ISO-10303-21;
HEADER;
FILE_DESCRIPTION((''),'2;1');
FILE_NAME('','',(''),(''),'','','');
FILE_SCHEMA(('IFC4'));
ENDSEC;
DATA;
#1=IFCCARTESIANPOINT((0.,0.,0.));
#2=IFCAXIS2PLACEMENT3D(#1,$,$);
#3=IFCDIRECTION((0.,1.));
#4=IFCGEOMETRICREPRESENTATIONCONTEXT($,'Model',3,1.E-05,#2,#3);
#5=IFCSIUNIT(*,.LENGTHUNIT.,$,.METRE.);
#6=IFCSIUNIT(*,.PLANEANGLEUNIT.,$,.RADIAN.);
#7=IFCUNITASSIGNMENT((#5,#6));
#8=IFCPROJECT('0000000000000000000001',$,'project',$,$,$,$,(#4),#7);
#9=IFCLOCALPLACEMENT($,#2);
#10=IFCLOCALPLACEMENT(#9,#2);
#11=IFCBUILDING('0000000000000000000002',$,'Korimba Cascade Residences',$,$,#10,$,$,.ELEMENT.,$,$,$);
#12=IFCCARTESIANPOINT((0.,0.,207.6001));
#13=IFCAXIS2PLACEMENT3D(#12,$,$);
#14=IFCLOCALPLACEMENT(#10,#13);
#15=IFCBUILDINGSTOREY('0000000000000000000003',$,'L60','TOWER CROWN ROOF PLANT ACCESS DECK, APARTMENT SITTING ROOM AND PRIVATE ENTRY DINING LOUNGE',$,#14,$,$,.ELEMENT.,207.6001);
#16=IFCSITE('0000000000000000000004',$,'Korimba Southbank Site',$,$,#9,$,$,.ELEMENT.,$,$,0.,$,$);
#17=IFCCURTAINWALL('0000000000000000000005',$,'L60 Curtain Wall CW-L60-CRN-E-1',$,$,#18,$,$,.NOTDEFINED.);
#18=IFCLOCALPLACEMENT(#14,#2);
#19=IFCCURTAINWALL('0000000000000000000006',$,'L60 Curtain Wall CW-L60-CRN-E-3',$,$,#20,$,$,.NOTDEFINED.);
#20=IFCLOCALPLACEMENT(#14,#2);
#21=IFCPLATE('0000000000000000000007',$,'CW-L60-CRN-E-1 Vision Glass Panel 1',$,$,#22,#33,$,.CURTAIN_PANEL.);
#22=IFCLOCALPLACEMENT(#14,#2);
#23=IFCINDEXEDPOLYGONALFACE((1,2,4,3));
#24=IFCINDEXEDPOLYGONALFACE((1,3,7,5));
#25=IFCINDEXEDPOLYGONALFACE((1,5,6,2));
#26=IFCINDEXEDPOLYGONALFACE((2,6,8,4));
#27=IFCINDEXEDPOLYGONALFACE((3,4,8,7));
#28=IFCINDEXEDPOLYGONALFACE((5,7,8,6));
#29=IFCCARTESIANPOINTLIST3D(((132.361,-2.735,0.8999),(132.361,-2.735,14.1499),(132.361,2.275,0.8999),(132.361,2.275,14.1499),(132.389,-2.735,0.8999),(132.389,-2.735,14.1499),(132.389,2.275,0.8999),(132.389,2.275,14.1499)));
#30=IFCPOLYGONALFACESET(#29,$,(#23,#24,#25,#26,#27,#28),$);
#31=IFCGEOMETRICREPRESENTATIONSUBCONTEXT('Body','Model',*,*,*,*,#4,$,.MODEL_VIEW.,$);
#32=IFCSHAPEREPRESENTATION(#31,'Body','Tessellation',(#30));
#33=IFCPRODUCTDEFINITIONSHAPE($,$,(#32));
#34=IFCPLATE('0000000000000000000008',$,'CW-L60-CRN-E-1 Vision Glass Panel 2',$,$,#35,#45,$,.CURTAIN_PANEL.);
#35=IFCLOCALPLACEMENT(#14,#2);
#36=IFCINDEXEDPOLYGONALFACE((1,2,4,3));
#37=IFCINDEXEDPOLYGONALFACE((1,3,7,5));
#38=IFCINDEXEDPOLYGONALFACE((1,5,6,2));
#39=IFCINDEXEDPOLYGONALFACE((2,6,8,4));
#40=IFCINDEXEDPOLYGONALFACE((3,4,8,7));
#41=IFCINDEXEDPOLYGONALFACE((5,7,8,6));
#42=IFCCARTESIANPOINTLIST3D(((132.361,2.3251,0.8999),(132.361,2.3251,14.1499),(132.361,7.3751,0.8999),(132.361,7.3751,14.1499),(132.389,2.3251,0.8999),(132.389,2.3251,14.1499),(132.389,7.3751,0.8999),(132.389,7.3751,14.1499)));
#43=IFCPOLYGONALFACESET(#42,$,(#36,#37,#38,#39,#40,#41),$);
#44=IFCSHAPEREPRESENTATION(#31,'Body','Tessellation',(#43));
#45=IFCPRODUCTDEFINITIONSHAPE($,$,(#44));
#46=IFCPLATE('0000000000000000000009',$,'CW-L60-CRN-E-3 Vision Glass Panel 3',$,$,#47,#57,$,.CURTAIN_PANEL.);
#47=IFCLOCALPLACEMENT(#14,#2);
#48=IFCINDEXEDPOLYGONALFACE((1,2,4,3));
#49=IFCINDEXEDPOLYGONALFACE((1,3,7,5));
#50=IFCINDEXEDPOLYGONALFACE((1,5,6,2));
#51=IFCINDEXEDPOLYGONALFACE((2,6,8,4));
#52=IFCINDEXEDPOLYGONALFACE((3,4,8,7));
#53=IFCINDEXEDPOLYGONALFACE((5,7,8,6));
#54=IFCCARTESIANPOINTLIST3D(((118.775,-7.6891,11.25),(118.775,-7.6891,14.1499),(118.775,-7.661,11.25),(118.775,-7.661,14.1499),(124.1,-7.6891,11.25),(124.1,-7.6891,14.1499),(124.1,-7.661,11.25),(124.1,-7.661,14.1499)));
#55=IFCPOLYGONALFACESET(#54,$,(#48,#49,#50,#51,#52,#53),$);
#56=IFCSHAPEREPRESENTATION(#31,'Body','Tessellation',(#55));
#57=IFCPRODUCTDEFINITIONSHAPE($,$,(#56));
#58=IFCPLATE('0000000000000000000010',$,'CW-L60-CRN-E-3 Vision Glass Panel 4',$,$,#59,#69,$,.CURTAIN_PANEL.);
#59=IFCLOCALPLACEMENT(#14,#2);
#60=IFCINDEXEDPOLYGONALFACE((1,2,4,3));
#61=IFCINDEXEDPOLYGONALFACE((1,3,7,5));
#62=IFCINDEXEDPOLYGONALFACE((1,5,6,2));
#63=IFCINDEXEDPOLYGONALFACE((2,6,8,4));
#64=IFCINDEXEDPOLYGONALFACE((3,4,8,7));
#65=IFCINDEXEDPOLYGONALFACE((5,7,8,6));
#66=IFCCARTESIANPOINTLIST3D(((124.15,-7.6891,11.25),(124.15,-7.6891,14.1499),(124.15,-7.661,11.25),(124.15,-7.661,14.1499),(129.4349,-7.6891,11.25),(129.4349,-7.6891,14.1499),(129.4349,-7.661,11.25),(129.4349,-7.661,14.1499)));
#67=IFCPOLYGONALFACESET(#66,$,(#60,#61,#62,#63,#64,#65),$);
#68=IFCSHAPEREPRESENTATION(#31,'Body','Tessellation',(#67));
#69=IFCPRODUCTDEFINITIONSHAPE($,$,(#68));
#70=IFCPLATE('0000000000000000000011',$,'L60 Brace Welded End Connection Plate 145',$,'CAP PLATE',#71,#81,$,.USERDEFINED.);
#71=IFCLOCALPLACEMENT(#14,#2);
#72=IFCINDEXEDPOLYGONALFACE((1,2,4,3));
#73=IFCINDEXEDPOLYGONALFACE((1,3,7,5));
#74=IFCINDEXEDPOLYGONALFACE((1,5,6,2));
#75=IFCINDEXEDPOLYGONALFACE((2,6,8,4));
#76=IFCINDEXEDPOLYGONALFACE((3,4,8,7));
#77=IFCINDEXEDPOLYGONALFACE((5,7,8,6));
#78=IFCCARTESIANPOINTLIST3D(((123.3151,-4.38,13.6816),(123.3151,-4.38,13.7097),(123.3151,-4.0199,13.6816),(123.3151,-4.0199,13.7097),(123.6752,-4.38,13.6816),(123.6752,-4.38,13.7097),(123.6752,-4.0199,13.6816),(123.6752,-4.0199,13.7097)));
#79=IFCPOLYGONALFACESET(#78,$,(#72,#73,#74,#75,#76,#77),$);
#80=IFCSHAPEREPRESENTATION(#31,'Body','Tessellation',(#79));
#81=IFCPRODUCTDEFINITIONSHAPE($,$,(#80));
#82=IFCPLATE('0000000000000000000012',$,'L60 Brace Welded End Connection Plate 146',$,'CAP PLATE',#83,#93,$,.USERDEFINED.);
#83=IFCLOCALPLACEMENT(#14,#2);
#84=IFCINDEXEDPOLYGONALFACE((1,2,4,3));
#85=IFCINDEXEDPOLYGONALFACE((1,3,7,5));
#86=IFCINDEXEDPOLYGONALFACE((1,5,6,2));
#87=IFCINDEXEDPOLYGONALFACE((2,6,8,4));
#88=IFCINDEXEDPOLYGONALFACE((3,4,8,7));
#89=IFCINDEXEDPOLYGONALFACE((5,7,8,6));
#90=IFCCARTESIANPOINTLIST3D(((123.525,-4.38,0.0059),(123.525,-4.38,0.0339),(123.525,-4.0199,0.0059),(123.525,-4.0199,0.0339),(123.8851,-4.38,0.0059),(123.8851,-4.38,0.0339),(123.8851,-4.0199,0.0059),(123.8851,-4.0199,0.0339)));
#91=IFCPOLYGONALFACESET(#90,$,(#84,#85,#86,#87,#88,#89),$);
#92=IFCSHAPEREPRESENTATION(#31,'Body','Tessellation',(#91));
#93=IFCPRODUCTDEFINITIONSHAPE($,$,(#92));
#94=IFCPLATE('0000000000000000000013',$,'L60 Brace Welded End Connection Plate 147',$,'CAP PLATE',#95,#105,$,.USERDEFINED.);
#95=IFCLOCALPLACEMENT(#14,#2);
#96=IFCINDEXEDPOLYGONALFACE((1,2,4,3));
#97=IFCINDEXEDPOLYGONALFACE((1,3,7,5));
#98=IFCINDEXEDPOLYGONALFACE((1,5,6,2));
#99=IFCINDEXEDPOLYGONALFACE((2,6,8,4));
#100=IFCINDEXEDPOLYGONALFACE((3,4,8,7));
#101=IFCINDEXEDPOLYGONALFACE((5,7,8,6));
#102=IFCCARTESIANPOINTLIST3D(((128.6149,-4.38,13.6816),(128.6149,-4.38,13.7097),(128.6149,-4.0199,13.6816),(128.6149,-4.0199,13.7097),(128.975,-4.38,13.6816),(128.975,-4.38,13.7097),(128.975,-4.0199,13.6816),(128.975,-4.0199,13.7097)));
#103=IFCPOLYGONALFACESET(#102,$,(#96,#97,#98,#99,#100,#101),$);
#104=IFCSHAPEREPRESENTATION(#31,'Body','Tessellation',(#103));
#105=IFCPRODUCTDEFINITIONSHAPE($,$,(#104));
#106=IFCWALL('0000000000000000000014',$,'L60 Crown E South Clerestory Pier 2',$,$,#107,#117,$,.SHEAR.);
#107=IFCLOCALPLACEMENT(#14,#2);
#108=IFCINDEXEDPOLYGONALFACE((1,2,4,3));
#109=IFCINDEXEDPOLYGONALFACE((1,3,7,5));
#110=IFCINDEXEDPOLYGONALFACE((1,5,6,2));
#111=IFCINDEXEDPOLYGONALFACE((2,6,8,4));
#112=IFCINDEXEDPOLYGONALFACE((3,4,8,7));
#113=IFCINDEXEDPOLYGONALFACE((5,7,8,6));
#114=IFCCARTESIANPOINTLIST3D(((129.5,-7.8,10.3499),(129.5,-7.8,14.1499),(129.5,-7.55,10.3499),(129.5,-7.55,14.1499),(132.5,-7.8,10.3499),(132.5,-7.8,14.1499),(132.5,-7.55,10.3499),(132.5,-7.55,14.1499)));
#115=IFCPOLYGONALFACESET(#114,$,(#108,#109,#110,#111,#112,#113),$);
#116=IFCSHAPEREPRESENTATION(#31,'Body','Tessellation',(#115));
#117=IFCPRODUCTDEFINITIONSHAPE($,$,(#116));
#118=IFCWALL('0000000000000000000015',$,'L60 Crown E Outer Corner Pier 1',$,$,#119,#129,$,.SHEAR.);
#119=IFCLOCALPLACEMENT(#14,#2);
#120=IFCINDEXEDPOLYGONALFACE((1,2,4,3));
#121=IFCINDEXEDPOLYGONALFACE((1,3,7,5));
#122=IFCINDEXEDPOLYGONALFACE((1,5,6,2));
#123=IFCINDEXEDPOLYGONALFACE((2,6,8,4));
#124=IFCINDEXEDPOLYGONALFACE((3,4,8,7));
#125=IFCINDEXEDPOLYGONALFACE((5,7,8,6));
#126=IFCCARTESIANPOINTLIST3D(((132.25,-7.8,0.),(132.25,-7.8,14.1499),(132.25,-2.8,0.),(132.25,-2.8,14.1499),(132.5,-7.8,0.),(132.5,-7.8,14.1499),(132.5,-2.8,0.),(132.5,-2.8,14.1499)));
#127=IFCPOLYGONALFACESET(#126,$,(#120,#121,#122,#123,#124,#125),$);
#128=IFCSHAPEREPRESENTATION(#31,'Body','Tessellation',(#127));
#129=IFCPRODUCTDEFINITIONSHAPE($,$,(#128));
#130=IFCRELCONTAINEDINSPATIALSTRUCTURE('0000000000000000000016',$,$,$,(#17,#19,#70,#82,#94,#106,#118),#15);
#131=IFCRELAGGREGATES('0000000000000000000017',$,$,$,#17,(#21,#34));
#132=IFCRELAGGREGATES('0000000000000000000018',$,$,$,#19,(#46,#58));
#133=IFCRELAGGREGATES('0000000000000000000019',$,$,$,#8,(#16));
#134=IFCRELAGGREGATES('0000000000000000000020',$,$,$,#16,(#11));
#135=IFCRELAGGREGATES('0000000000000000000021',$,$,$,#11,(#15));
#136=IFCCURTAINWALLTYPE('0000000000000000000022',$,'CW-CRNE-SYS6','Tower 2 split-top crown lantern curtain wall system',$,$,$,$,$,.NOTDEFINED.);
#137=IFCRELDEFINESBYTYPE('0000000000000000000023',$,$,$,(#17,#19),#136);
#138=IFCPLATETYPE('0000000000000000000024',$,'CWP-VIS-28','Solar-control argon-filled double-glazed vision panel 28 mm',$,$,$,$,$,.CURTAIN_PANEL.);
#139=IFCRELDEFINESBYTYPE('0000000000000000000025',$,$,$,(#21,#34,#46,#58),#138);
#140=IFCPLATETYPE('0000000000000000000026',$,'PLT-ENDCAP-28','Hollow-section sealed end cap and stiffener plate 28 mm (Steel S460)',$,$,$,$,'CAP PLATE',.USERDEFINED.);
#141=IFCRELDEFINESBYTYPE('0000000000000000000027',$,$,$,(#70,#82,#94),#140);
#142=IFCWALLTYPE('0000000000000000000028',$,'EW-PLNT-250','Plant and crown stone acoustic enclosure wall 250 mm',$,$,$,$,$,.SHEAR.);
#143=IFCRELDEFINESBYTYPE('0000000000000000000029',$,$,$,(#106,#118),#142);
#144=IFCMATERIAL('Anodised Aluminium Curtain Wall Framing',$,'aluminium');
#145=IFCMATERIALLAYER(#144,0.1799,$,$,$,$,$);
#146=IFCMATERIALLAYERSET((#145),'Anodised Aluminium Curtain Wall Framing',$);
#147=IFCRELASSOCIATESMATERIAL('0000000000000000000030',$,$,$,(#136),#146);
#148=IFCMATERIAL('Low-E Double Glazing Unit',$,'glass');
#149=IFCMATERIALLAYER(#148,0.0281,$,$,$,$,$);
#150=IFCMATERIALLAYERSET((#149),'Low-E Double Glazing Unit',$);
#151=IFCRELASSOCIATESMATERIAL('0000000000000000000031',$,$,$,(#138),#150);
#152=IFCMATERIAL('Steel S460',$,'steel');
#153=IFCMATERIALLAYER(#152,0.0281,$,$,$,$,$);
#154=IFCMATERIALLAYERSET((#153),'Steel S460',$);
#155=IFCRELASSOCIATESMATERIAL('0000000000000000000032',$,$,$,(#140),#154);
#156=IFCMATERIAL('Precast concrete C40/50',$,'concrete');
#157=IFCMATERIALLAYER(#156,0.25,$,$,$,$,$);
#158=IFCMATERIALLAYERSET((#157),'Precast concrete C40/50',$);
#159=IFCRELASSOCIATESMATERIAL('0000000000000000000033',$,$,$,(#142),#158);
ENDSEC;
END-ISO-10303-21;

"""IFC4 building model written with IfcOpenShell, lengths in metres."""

from ifc_helpers import new_model, si_unit, direction, frame, frame_2d, origin, origin_2d, place, context, subcontext, project, spatial, rectangle, extrude, material, layer, layer_set, type_object, element, aggregate, save


model = new_model("IFC4")

# Units and contexts
model_context = context("Model", 3, precision=1e-05, world=origin(), true_north=direction((0.0, 1.0)))
body_context = subcontext(model_context, "Body", "Model", "MODEL_VIEW")
ifc_project = project(units=[si_unit("LENGTHUNIT", "METRE"), si_unit("PLANEANGLEUNIT", "RADIAN")], contexts=[model_context])

# Site, building, storey
site_placement = place(None, origin())
site = spatial("IfcSite", under=ifc_project, at=site_placement, Name="Korimba Southbank Site", CompositionType="ELEMENT", RefElevation=0.0)
building_placement = place(site_placement, origin())
building = spatial("IfcBuilding", under=site, at=building_placement, Name="Korimba Cascade Residences", CompositionType="ELEMENT")
storey_placement = place(building_placement, frame((0.0, 0.0, 207.6001)))
storey = spatial("IfcBuildingStorey", under=building, at=storey_placement, Name="L60", Description="TOWER CROWN ROOF PLANT ACCESS DECK, APARTMENT SITTING ROOM AND PRIVATE ENTRY DINING LOUNGE", CompositionType="ELEMENT", Elevation=207.6001)

# Curtain walls
ifc_material_1 = material(Name="Anodised Aluminium Curtain Wall Framing", Category="aluminium")
ifc_layer_1 = layer(ifc_material_1, 0.1799)
ifc_layer_set_1 = layer_set([ifc_layer_1], Name="Anodised Aluminium Curtain Wall Framing")
curtain_wall_type = type_object("IfcCurtainWallType", Name="CW-CRNE-SYS6", Description="Tower 2 split-top crown lantern curtain wall system", PredefinedType="NOTDEFINED", material=ifc_layer_set_1)
curtain_wall_1_placement = place(storey_placement, origin())
curtain_wall_1 = element("IfcCurtainWall", 1, at=curtain_wall_1_placement, inside=storey, type_object=curtain_wall_type, Name="L60 Curtain Wall CW-L60-CRN-E-1", PredefinedType="NOTDEFINED")
curtain_wall_2_placement = place(storey_placement, origin())
curtain_wall_2 = element("IfcCurtainWall", 2, at=curtain_wall_2_placement, inside=storey, type_object=curtain_wall_type, Name="L60 Curtain Wall CW-L60-CRN-E-3", PredefinedType="NOTDEFINED")

# Plates
ifc_material_2 = material(Name="Low-E Double Glazing Unit", Category="glass")
ifc_layer_2 = layer(ifc_material_2, 0.0281)
ifc_layer_set_2 = layer_set([ifc_layer_2], Name="Low-E Double Glazing Unit")
plate_type_1 = type_object("IfcPlateType", Name="CWP-VIS-28", Description="Solar-control argon-filled double-glazed vision panel 28 mm", PredefinedType="CURTAIN_PANEL", material=ifc_layer_set_2)
plate_1_placement = place(storey_placement, frame((132.375, -0.23, 0.8999), z_axis=(0.0, 0.0, 1.0), x_axis=(0.0, 1.0, 0.0)))
plate_1 = element("IfcPlate", 3, at=plate_1_placement, type_object=plate_type_1, Name="CW-L60-CRN-E-1 Vision Glass Panel 1", PredefinedType="CURTAIN_PANEL", context=body_context, shape_type="SweptSolid", body=[
    extrude(rectangle(XDim=5.01, YDim=0.0281, at=origin_2d()), origin(), (0.0, 0.0, 1.0), 13.25),
])
plate_2_placement = place(storey_placement, frame((132.375, 4.8501, 0.8999), z_axis=(0.0, 0.0, 1.0), x_axis=(0.0, 1.0, 0.0)))
plate_2 = element("IfcPlate", 4, at=plate_2_placement, type_object=plate_type_1, Name="CW-L60-CRN-E-1 Vision Glass Panel 2", PredefinedType="CURTAIN_PANEL", context=body_context, shape_type="SweptSolid", body=[
    extrude(rectangle(XDim=5.05, YDim=0.0281, at=origin_2d()), origin(), (0.0, 0.0, 1.0), 13.25),
])
aggregate(curtain_wall_1, [plate_1, plate_2])
plate_3_placement = place(storey_placement, frame((121.4375, -7.675, 11.25), z_axis=(0.0, 0.0, 1.0), x_axis=(1.0, 0.0, 0.0)))
plate_3 = element("IfcPlate", 5, at=plate_3_placement, type_object=plate_type_1, Name="CW-L60-CRN-E-3 Vision Glass Panel 3", PredefinedType="CURTAIN_PANEL", context=body_context, shape_type="SweptSolid", body=[
    extrude(rectangle(XDim=5.325, YDim=0.0281, at=origin_2d()), origin(), (0.0, 0.0, 1.0), 2.8999),
])
plate_4_placement = place(storey_placement, frame((126.7925, -7.675, 11.25), z_axis=(0.0, 0.0, 1.0), x_axis=(1.0, 0.0, 0.0)))
plate_4 = element("IfcPlate", 6, at=plate_4_placement, type_object=plate_type_1, Name="CW-L60-CRN-E-3 Vision Glass Panel 4", PredefinedType="CURTAIN_PANEL", context=body_context, shape_type="SweptSolid", body=[
    extrude(rectangle(XDim=5.2849, YDim=0.0281, at=origin_2d()), origin(), (0.0, 0.0, 1.0), 2.8999),
])
aggregate(curtain_wall_2, [plate_3, plate_4])

# Plates
ifc_material_3 = material(Name="Steel S460", Category="steel")
ifc_layer_3 = layer(ifc_material_3, 0.0281)
ifc_layer_set_3 = layer_set([ifc_layer_3], Name="Steel S460")
plate_type_2 = type_object("IfcPlateType", Name="PLT-ENDCAP-28", Description="Hollow-section sealed end cap and stiffener plate 28 mm (Steel S460)", ElementType="CAP PLATE", PredefinedType="USERDEFINED", material=ifc_layer_set_3)
for number, where, z_axis, x_axis, name in (
    (7, (123.4951, -4.2, 13.6816), (0.0, 0.0, 1.0), (1.0, 0.0, 0.0), "L60 Brace Welded End Connection Plate 145"),
    (8, (123.7051, -4.2, 0.0059), (0.0, 0.0, 1.0), (1.0, 0.0, 0.0), "L60 Brace Welded End Connection Plate 146"),
    (9, (128.7949, -4.2, 13.6816), (0.0, 0.0, 1.0), (1.0, 0.0, 0.0), "L60 Brace Welded End Connection Plate 147"),
):
    element("IfcPlate", number, at=place(storey_placement, frame(where, z_axis=z_axis, x_axis=x_axis)), inside=storey, type_object=plate_type_2, Name=name, ObjectType="CAP PLATE", PredefinedType="USERDEFINED", context=body_context, shape_type="SweptSolid", body=[
        extrude(rectangle(XDim=0.3601, YDim=0.3601, at=origin_2d()), origin(), (0.0, 0.0, 1.0), 0.0281),
    ])

# Walls
ifc_material_4 = material(Name="Precast concrete C40/50", Category="concrete")
ifc_layer_4 = layer(ifc_material_4, 0.25)
ifc_layer_set_4 = layer_set([ifc_layer_4], Name="Precast concrete C40/50")
wall_type = type_object("IfcWallType", Name="EW-PLNT-250", Description="Plant and crown stone acoustic enclosure wall 250 mm", PredefinedType="SHEAR", material=ifc_layer_set_4)
wall_1_placement = place(storey_placement, frame((129.5, -7.675, 10.3499), z_axis=(0.0, 0.0, 1.0), x_axis=(1.0, 0.0, 0.0)))
element("IfcWall", 10, at=wall_1_placement, inside=storey, type_object=wall_type, Name="L60 Crown E South Clerestory Pier 2", PredefinedType="SHEAR", context=body_context, shape_type="SweptSolid", body=[
    extrude(rectangle(XDim=3.0, YDim=0.25, at=frame_2d((1.5, 0.0))), origin(), (0.0, 0.0, 1.0), 3.8),
])
wall_2_placement = place(storey_placement, frame((132.375, -7.8, 0.0), z_axis=(0.0, 0.0, 1.0), x_axis=(0.0, 1.0, 0.0)))
element("IfcWall", 11, at=wall_2_placement, inside=storey, type_object=wall_type, Name="L60 Crown E Outer Corner Pier 1", PredefinedType="SHEAR", context=body_context, shape_type="SweptSolid", body=[
    extrude(rectangle(XDim=5.0, YDim=0.25, at=frame_2d((2.5, 0.0))), origin(), (0.0, 0.0, 1.0), 14.1499),
])

save(model, "model.ifc")
